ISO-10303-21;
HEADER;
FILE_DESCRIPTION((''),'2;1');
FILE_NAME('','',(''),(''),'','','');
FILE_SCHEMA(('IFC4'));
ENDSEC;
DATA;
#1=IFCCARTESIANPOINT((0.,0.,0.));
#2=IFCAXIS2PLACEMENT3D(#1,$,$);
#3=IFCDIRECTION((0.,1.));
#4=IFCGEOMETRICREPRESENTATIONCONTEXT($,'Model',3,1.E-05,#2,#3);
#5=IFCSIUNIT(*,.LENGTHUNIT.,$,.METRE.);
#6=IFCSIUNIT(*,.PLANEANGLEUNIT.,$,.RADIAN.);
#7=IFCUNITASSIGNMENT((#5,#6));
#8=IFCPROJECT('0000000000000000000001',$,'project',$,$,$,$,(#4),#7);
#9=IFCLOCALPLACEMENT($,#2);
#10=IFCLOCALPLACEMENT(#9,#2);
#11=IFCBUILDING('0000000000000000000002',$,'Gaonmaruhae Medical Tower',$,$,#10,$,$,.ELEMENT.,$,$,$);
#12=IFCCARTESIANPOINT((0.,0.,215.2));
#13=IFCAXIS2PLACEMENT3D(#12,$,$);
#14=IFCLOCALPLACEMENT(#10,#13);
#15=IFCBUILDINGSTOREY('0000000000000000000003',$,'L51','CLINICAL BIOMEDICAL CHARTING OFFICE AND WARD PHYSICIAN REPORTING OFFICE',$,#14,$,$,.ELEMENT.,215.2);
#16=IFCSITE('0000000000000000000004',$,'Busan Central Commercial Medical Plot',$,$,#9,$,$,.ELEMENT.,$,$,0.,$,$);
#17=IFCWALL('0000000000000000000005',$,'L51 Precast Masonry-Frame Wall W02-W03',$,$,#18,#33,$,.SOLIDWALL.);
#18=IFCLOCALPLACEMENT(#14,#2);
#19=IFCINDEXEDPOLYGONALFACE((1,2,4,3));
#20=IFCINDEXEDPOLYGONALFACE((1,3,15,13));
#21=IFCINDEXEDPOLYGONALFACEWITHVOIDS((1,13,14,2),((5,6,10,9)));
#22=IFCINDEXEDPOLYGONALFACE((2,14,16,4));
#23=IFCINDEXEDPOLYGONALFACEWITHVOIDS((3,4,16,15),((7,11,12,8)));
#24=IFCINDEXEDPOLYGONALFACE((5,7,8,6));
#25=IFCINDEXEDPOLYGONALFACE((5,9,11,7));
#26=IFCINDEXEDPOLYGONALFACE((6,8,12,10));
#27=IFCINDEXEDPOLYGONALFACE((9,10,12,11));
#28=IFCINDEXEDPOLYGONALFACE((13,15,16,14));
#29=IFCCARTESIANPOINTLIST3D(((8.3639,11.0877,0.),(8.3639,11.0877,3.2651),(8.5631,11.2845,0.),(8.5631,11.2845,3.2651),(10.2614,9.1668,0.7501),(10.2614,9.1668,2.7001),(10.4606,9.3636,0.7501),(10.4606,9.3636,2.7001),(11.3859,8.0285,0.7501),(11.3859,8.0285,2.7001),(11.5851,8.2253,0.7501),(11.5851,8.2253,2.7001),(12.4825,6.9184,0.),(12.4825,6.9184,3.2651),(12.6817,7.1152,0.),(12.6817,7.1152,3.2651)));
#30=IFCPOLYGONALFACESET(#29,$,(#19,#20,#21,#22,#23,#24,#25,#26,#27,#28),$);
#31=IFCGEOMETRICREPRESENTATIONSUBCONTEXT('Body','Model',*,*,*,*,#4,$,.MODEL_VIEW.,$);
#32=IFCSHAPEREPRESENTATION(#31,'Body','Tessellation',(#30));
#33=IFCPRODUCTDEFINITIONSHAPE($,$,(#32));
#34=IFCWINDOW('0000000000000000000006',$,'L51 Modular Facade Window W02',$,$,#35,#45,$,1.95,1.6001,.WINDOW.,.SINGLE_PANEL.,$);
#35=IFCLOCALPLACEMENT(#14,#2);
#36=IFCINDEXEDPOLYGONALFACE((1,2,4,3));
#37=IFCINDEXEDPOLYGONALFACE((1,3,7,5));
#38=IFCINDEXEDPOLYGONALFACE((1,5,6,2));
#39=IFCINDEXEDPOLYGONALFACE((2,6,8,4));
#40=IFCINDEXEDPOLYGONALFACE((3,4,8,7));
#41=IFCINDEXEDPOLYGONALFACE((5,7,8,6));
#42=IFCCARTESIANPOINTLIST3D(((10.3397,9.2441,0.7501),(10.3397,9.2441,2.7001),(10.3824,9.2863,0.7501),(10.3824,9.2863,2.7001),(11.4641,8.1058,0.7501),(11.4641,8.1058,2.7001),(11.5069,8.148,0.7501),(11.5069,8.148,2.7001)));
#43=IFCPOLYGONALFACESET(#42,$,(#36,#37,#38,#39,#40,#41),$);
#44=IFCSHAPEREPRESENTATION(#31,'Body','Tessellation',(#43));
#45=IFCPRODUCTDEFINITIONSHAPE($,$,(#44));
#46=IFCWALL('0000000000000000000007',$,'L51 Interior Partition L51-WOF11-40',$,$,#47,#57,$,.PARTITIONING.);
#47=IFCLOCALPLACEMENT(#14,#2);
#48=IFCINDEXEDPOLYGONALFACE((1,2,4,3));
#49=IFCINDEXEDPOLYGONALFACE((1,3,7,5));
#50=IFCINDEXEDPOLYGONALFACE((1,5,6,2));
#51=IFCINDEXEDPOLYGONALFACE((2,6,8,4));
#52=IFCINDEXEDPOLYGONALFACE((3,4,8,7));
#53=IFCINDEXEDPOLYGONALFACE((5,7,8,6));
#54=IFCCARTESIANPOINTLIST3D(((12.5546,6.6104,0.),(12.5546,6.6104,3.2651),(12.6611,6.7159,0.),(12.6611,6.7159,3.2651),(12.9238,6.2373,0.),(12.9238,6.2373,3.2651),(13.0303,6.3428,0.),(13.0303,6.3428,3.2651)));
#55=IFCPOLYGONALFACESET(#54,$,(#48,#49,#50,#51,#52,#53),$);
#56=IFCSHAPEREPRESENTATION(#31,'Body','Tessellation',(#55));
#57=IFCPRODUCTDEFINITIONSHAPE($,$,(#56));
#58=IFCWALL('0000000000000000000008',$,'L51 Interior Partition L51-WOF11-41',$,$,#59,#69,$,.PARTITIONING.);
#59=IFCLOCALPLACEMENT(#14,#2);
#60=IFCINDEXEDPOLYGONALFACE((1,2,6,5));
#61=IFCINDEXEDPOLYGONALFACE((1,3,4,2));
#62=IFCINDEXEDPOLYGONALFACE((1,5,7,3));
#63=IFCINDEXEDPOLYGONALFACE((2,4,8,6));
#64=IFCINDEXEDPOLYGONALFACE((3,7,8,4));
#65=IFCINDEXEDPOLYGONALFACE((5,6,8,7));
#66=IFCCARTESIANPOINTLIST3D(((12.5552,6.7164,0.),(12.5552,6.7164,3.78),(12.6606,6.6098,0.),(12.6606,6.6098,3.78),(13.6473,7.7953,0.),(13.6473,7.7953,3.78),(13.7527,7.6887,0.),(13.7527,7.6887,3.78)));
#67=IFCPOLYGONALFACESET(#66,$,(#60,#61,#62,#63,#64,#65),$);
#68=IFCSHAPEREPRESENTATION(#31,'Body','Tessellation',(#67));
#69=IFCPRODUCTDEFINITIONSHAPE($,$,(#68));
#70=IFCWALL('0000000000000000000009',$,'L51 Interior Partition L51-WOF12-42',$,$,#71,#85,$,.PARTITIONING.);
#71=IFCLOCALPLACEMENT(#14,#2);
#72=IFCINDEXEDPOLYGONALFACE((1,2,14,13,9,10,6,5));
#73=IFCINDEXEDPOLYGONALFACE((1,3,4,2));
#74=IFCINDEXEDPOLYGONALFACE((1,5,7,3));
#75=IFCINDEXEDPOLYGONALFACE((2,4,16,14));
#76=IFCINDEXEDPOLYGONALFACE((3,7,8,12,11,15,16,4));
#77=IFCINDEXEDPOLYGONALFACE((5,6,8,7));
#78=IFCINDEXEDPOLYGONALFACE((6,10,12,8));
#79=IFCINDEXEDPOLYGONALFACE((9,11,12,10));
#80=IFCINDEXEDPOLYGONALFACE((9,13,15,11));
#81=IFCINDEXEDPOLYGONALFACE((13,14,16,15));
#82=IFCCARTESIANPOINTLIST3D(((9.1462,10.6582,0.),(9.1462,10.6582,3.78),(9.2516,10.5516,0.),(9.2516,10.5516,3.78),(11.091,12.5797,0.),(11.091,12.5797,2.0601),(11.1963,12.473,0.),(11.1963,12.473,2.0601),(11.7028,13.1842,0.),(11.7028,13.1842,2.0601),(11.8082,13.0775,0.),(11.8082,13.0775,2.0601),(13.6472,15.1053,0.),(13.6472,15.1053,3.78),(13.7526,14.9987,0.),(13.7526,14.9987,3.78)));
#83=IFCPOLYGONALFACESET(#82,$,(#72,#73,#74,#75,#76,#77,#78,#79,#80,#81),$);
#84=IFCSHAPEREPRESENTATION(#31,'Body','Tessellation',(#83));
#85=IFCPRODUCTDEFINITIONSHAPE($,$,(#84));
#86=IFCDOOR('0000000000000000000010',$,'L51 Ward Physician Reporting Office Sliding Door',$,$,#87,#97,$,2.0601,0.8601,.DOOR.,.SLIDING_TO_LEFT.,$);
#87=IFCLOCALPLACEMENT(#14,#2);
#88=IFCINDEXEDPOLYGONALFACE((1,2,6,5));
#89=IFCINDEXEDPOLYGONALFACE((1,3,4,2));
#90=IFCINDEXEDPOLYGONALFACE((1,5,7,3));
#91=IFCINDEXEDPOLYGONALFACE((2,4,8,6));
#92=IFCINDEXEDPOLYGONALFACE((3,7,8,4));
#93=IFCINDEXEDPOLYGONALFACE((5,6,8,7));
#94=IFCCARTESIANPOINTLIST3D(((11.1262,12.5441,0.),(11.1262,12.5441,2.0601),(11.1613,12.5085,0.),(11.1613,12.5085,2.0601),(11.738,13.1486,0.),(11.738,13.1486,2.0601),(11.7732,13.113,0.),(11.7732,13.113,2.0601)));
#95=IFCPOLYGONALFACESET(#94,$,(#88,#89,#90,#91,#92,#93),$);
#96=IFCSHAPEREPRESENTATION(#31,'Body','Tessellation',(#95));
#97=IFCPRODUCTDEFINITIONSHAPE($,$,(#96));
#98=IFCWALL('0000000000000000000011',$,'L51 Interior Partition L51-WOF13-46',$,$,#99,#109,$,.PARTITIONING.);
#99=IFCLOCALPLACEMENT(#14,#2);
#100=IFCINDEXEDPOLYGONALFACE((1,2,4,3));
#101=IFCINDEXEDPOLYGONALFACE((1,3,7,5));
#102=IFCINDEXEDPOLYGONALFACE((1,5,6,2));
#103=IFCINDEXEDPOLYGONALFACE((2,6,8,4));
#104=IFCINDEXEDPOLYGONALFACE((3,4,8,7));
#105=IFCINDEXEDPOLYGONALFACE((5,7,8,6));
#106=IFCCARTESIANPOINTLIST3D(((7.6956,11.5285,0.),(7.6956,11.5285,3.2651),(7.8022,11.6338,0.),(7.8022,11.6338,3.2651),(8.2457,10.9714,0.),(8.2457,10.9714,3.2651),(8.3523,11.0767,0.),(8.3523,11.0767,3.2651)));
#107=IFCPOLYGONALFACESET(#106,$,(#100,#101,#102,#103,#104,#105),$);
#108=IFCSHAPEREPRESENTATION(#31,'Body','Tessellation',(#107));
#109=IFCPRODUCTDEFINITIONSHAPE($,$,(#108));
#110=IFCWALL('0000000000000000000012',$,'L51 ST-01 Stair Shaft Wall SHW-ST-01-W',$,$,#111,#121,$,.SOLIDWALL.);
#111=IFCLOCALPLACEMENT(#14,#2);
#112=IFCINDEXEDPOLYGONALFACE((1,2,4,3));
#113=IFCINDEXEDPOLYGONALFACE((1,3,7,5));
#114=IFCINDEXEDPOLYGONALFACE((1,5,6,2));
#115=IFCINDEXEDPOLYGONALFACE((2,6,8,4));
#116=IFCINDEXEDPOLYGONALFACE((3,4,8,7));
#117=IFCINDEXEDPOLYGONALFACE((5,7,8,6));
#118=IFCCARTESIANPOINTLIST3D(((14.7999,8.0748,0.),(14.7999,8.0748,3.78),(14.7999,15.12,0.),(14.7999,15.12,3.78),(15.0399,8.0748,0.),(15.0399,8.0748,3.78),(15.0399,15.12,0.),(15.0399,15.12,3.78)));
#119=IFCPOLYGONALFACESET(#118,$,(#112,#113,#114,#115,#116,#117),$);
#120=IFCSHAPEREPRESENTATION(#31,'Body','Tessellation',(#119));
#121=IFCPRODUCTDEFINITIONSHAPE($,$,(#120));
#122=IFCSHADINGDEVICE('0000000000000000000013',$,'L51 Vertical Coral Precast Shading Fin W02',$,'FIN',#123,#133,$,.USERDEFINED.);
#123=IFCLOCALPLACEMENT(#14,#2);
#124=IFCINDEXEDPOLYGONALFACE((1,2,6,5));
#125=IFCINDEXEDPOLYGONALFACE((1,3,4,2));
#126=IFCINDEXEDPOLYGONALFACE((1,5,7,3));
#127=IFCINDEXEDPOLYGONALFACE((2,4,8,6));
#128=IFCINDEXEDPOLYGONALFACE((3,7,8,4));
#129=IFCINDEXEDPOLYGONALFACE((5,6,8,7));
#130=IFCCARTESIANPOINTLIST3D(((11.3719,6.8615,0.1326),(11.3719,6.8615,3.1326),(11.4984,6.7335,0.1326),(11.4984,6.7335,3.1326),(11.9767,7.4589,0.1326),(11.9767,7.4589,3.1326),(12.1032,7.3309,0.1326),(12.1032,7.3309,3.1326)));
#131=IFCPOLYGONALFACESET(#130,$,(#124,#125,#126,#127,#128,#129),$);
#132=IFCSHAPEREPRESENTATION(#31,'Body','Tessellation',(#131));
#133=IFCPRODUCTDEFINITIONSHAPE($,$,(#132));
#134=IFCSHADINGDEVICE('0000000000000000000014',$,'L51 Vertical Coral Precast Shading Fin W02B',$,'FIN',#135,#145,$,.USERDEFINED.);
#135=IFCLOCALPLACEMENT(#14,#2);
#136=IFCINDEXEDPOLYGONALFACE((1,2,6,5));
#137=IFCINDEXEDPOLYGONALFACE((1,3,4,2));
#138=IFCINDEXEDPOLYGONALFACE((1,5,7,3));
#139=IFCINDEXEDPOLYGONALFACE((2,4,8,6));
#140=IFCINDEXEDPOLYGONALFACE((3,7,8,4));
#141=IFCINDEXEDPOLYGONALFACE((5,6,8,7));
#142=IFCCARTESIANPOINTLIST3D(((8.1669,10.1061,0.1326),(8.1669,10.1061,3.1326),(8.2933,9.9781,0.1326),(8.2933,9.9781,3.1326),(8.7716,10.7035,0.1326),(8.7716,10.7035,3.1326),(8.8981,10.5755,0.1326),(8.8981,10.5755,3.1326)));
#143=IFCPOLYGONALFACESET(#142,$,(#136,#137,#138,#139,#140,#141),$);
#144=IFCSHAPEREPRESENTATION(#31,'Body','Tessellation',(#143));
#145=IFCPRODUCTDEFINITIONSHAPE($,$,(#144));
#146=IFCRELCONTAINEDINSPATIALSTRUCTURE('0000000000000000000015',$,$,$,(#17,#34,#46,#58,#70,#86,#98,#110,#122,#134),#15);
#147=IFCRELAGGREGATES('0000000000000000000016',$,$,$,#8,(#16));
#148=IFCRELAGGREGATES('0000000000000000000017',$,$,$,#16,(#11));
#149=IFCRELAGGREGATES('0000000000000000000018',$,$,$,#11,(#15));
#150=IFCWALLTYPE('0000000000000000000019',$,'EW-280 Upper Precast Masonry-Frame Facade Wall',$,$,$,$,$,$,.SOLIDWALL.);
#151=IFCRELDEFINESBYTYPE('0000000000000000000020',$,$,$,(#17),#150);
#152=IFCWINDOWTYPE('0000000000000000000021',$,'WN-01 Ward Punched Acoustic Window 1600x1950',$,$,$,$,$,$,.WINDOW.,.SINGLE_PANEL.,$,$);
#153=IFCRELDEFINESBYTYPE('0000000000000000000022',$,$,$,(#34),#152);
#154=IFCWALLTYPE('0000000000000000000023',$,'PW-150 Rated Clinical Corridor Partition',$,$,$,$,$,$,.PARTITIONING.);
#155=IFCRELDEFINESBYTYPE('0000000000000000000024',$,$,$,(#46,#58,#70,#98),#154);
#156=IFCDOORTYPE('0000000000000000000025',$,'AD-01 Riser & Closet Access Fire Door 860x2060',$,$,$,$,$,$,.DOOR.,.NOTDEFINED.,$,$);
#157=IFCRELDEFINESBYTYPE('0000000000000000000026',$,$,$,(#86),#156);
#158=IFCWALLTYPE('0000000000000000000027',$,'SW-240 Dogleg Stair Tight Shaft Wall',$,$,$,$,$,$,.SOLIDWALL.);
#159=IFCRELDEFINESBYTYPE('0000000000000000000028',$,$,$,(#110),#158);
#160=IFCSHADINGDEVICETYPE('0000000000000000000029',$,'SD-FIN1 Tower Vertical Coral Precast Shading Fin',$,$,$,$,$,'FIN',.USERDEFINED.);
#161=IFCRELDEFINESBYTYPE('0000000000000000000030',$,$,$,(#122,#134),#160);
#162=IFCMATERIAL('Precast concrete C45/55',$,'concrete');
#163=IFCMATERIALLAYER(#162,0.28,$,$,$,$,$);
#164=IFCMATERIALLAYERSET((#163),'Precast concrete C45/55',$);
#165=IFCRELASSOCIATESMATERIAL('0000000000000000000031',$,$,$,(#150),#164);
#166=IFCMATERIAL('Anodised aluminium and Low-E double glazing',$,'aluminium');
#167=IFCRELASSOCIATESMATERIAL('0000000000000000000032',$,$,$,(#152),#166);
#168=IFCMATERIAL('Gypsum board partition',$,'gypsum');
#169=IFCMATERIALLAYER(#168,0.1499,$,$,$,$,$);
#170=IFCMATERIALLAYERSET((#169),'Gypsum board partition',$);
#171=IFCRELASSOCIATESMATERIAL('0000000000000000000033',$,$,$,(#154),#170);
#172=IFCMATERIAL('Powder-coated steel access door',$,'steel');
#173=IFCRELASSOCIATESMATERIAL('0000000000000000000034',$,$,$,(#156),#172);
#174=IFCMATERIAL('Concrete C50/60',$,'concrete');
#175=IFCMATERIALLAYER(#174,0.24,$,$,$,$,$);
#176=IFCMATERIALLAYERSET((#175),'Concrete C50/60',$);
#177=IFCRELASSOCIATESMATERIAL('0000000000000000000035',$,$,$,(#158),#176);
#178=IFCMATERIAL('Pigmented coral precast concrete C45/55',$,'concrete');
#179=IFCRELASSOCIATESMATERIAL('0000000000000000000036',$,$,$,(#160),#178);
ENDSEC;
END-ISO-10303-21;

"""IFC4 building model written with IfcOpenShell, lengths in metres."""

from ifc_helpers import new_model, si_unit, direction, frame, frame_2d, origin, origin_2d, place, context, subcontext, project, spatial, rectangle, extrude, material, layer, layer_set, type_object, element, fill, save


model = new_model("IFC4")

# Units and contexts
model_context = context("Model", 3, precision=1e-05, world=origin(), true_north=direction((0.0, 1.0)))
body_context = subcontext(model_context, "Body", "Model", "MODEL_VIEW")
ifc_project = project(units=[si_unit("LENGTHUNIT", "METRE"), si_unit("PLANEANGLEUNIT", "RADIAN")], contexts=[model_context])

# Site, building, storey
site_placement = place(None, origin())
site = spatial("IfcSite", under=ifc_project, at=site_placement, Name="Busan Central Commercial Medical Plot", CompositionType="ELEMENT", RefElevation=0.0)
building_placement = place(site_placement, origin())
building = spatial("IfcBuilding", under=site, at=building_placement, Name="Gaonmaruhae Medical Tower", CompositionType="ELEMENT")
storey_placement = place(building_placement, frame((0.0, 0.0, 215.2)))
storey = spatial("IfcBuildingStorey", under=building, at=storey_placement, Name="L51", Description="CLINICAL BIOMEDICAL CHARTING OFFICE AND WARD PHYSICIAN REPORTING OFFICE", CompositionType="ELEMENT", Elevation=215.2)

# Shared definitions
ifc_material_1 = material(Name="Concrete C50/60", Category="concrete")

# Wall, opening, window
ifc_material_2 = material(Name="Precast concrete C45/55", Category="concrete")
ifc_layer_1 = layer(ifc_material_2, 0.28)
ifc_layer_set_1 = layer_set([ifc_layer_1], Name="Precast concrete C45/55")
wall_type_1 = type_object("IfcWallType", Name="EW-280 Upper Precast Masonry-Frame Facade Wall", PredefinedType="SOLIDWALL", material=ifc_layer_set_1)
wall_1_placement = place(storey_placement, frame((12.582, 7.0168, 0.0), z_axis=(0.0, 0.0, 1.0), x_axis=(-0.702761, 0.711426, 0.0)))
wall_1 = element("IfcWall", 1, at=wall_1_placement, inside=storey, type_object=wall_type_1, Name="L51 Precast Masonry-Frame Wall W02-W03", PredefinedType="SOLIDWALL", context=body_context, shape_type="SweptSolid", body=[
    extrude(rectangle(XDim=5.8606, YDim=0.28, at=frame_2d((2.9302, 0.0))), origin(), (0.0, 0.0, 1.0), 3.2651),
])
opening_1_placement = place(wall_1_placement, frame((1.5603, 0.0, 0.75)))
opening_1 = element("IfcOpeningElement", 2, at=opening_1_placement, cuts=wall_1, PredefinedType="OPENING", context=body_context, shape_type="SweptSolid", body=[
    extrude(rectangle(XDim=1.6001, YDim=1.95, at=frame_2d((0.8, 0.9751))), frame((0.0, 0.1499, 0.0), z_axis=(0.0, -1.0, 0.0), x_axis=(1.0, 0.0, 0.0)), (0.0, 0.0, 1.0), 0.3),
])
ifc_material_3 = material(Name="Anodised aluminium and Low-E double glazing", Category="aluminium")
window_type = type_object("IfcWindowType", Name="WN-01 Ward Punched Acoustic Window 1600x1950", PartitioningType="SINGLE_PANEL", PredefinedType="WINDOW", material=ifc_material_3)
window_placement = place(opening_1_placement, origin())
window = element("IfcWindow", 3, at=window_placement, inside=storey, type_object=window_type, Name="L51 Modular Facade Window W02", OverallHeight=1.95, OverallWidth=1.6001, PartitioningType="SINGLE_PANEL", PredefinedType="WINDOW", context=body_context, shape_type="SweptSolid", body=[
    extrude(rectangle(XDim=1.6001, YDim=1.95, at=frame_2d((0.8, 0.9751))), frame((0.0, 0.03, 0.0), z_axis=(0.0, -1.0, 0.0), x_axis=(1.0, 0.0, 0.0)), (0.0, 0.0, 1.0), 0.0601),
])
fill(opening_1, window)

# Walls
ifc_material_4 = material(Name="Gypsum board partition", Category="gypsum")
ifc_layer_2 = layer(ifc_material_4, 0.1499)
ifc_layer_set_2 = layer_set([ifc_layer_2], Name="Gypsum board partition")
wall_type_2 = type_object("IfcWallType", Name="PW-150 Rated Clinical Corridor Partition", PredefinedType="PARTITIONING", material=ifc_layer_set_2)
wall_2_placement = place(storey_placement, frame((12.9771, 6.29, 0.0), z_axis=(0.0, 0.0, 1.0), x_axis=(-0.703375, 0.710819, 0.0)))
element("IfcWall", 4, at=wall_2_placement, inside=storey, type_object=wall_type_2, Name="L51 Interior Partition L51-WOF11-40", PredefinedType="PARTITIONING", context=body_context, shape_type="SweptSolid", body=[
    extrude(rectangle(XDim=0.5249, YDim=0.1499, at=frame_2d((0.2625, 0.0))), origin(), (0.0, 0.0, 1.0), 3.2651),
])
wall_3_placement = place(storey_placement, frame((12.6079, 6.6631, 0.0), z_axis=(0.0, 0.0, 1.0), x_axis=(0.711388, 0.7028, 0.0)))
element("IfcWall", 5, at=wall_3_placement, inside=storey, type_object=wall_type_2, Name="L51 Interior Partition L51-WOF11-41", PredefinedType="PARTITIONING", context=body_context, shape_type="SweptSolid", body=[
    extrude(rectangle(XDim=1.5352, YDim=0.1499, at=frame_2d((0.7676, 0.0))), origin(), (0.0, 0.0, 1.0), 3.78),
])

# Wall, opening, door
wall_4_placement = place(storey_placement, frame((9.199, 10.605, 0.0), z_axis=(0.0, 0.0, 1.0), x_axis=(0.711358, 0.70283, 0.0)))
wall_4 = element("IfcWall", 6, at=wall_4_placement, inside=storey, type_object=wall_type_2, Name="L51 Interior Partition L51-WOF12-42", PredefinedType="PARTITIONING", context=body_context, shape_type="SweptSolid", body=[
    extrude(rectangle(XDim=6.3274, YDim=0.1499, at=frame_2d((3.1636, 0.0))), origin(), (0.0, 0.0, 1.0), 3.78),
])
opening_2_placement = place(wall_4_placement, frame((2.7336, 0.0, 0.0)))
opening_2 = element("IfcOpeningElement", 7, at=opening_2_placement, cuts=wall_4, PredefinedType="OPENING", context=body_context, shape_type="SweptSolid", body=[
    extrude(rectangle(XDim=0.8601, YDim=2.0601, at=frame_2d((0.4302, 1.03))), frame((0.0, 0.085, 0.0), z_axis=(0.0, -1.0, 0.0), x_axis=(1.0, 0.0, 0.0)), (0.0, 0.0, 1.0), 0.1699),
])
ifc_material_5 = material(Name="Powder-coated steel access door", Category="steel")
door_type = type_object("IfcDoorType", Name="AD-01 Riser & Closet Access Fire Door 860x2060", OperationType="NOTDEFINED", PredefinedType="DOOR", material=ifc_material_5)
door_placement = place(opening_2_placement, origin())
door = element("IfcDoor", 8, at=door_placement, inside=storey, type_object=door_type, Name="L51 Ward Physician Reporting Office Sliding Door", OperationType="SLIDING_TO_LEFT", OverallHeight=2.0601, OverallWidth=0.8601, PredefinedType="DOOR", context=body_context, shape_type="SweptSolid", body=[
    extrude(rectangle(XDim=0.8601, YDim=2.0601, at=frame_2d((0.4302, 1.03))), frame((0.0, 0.0249, 0.0), z_axis=(0.0, -1.0, 0.0), x_axis=(1.0, 0.0, 0.0)), (0.0, 0.0, 1.0), 0.05),
])
fill(opening_2, door)

# Walls
wall_5_placement = place(storey_placement, frame((8.2991, 11.0239, 0.0), z_axis=(0.0, 0.0, 1.0), x_axis=(-0.702571, 0.711614, 0.0)))
element("IfcWall", 9, at=wall_5_placement, inside=storey, type_object=wall_type_2, Name="L51 Interior Partition L51-WOF13-46", PredefinedType="PARTITIONING", context=body_context, shape_type="SweptSolid", body=[
    extrude(rectangle(XDim=0.783, YDim=0.1499, at=frame_2d((0.3916, 0.0))), origin(), (0.0, 0.0, 1.0), 3.2651),
])
ifc_layer_3 = layer(ifc_material_1, 0.24)
ifc_layer_set_3 = layer_set([ifc_layer_3], Name="Concrete C50/60")
wall_type_3 = type_object("IfcWallType", Name="SW-240 Dogleg Stair Tight Shaft Wall", PredefinedType="SOLIDWALL", material=ifc_layer_set_3)
wall_6_placement = place(storey_placement, frame((14.9199, 8.075, 0.0), z_axis=(0.0, 0.0, 1.0), x_axis=(0.0, 1.0, 0.0)))
element("IfcWall", 10, at=wall_6_placement, inside=storey, type_object=wall_type_3, Name="L51 ST-01 Stair Shaft Wall SHW-ST-01-W", PredefinedType="SOLIDWALL", context=body_context, shape_type="SweptSolid", body=[
    extrude(rectangle(XDim=7.0452, YDim=0.24, at=frame_2d((3.5225, 0.0))), origin(), (0.0, 0.0, 1.0), 3.78),
])

# Shading devices
ifc_material_6 = material(Name="Pigmented coral precast concrete C45/55", Category="concrete")
shading_device_type = type_object("IfcShadingDeviceType", Name="SD-FIN1 Tower Vertical Coral Precast Shading Fin", ElementType="FIN", PredefinedType="USERDEFINED", material=ifc_material_6)
for number, where, z_axis, x_axis, name in (
    (11, (11.7375, 7.0962, 0.1326), (0.0, 0.0, 1.0), (-0.702774, 0.711413, 0.0), "L51 Vertical Coral Precast Shading Fin W02"),
    (12, (8.5325, 10.3408, 0.1326), (0.0, 0.0, 1.0), (-0.702774, 0.711413, 0.0), "L51 Vertical Coral Precast Shading Fin W02B"),
):
    element("IfcShadingDevice", number, at=place(storey_placement, frame(where, z_axis=z_axis, x_axis=x_axis)), inside=storey, type_object=shading_device_type, Name=name, ObjectType="FIN", PredefinedType="USERDEFINED", context=body_context, shape_type="SweptSolid", body=[
        extrude(rectangle(XDim=0.1799, YDim=0.8501, at=origin_2d()), origin(), (0.0, 0.0, 1.0), 3.0),
    ])

save(model, "model.ifc")
